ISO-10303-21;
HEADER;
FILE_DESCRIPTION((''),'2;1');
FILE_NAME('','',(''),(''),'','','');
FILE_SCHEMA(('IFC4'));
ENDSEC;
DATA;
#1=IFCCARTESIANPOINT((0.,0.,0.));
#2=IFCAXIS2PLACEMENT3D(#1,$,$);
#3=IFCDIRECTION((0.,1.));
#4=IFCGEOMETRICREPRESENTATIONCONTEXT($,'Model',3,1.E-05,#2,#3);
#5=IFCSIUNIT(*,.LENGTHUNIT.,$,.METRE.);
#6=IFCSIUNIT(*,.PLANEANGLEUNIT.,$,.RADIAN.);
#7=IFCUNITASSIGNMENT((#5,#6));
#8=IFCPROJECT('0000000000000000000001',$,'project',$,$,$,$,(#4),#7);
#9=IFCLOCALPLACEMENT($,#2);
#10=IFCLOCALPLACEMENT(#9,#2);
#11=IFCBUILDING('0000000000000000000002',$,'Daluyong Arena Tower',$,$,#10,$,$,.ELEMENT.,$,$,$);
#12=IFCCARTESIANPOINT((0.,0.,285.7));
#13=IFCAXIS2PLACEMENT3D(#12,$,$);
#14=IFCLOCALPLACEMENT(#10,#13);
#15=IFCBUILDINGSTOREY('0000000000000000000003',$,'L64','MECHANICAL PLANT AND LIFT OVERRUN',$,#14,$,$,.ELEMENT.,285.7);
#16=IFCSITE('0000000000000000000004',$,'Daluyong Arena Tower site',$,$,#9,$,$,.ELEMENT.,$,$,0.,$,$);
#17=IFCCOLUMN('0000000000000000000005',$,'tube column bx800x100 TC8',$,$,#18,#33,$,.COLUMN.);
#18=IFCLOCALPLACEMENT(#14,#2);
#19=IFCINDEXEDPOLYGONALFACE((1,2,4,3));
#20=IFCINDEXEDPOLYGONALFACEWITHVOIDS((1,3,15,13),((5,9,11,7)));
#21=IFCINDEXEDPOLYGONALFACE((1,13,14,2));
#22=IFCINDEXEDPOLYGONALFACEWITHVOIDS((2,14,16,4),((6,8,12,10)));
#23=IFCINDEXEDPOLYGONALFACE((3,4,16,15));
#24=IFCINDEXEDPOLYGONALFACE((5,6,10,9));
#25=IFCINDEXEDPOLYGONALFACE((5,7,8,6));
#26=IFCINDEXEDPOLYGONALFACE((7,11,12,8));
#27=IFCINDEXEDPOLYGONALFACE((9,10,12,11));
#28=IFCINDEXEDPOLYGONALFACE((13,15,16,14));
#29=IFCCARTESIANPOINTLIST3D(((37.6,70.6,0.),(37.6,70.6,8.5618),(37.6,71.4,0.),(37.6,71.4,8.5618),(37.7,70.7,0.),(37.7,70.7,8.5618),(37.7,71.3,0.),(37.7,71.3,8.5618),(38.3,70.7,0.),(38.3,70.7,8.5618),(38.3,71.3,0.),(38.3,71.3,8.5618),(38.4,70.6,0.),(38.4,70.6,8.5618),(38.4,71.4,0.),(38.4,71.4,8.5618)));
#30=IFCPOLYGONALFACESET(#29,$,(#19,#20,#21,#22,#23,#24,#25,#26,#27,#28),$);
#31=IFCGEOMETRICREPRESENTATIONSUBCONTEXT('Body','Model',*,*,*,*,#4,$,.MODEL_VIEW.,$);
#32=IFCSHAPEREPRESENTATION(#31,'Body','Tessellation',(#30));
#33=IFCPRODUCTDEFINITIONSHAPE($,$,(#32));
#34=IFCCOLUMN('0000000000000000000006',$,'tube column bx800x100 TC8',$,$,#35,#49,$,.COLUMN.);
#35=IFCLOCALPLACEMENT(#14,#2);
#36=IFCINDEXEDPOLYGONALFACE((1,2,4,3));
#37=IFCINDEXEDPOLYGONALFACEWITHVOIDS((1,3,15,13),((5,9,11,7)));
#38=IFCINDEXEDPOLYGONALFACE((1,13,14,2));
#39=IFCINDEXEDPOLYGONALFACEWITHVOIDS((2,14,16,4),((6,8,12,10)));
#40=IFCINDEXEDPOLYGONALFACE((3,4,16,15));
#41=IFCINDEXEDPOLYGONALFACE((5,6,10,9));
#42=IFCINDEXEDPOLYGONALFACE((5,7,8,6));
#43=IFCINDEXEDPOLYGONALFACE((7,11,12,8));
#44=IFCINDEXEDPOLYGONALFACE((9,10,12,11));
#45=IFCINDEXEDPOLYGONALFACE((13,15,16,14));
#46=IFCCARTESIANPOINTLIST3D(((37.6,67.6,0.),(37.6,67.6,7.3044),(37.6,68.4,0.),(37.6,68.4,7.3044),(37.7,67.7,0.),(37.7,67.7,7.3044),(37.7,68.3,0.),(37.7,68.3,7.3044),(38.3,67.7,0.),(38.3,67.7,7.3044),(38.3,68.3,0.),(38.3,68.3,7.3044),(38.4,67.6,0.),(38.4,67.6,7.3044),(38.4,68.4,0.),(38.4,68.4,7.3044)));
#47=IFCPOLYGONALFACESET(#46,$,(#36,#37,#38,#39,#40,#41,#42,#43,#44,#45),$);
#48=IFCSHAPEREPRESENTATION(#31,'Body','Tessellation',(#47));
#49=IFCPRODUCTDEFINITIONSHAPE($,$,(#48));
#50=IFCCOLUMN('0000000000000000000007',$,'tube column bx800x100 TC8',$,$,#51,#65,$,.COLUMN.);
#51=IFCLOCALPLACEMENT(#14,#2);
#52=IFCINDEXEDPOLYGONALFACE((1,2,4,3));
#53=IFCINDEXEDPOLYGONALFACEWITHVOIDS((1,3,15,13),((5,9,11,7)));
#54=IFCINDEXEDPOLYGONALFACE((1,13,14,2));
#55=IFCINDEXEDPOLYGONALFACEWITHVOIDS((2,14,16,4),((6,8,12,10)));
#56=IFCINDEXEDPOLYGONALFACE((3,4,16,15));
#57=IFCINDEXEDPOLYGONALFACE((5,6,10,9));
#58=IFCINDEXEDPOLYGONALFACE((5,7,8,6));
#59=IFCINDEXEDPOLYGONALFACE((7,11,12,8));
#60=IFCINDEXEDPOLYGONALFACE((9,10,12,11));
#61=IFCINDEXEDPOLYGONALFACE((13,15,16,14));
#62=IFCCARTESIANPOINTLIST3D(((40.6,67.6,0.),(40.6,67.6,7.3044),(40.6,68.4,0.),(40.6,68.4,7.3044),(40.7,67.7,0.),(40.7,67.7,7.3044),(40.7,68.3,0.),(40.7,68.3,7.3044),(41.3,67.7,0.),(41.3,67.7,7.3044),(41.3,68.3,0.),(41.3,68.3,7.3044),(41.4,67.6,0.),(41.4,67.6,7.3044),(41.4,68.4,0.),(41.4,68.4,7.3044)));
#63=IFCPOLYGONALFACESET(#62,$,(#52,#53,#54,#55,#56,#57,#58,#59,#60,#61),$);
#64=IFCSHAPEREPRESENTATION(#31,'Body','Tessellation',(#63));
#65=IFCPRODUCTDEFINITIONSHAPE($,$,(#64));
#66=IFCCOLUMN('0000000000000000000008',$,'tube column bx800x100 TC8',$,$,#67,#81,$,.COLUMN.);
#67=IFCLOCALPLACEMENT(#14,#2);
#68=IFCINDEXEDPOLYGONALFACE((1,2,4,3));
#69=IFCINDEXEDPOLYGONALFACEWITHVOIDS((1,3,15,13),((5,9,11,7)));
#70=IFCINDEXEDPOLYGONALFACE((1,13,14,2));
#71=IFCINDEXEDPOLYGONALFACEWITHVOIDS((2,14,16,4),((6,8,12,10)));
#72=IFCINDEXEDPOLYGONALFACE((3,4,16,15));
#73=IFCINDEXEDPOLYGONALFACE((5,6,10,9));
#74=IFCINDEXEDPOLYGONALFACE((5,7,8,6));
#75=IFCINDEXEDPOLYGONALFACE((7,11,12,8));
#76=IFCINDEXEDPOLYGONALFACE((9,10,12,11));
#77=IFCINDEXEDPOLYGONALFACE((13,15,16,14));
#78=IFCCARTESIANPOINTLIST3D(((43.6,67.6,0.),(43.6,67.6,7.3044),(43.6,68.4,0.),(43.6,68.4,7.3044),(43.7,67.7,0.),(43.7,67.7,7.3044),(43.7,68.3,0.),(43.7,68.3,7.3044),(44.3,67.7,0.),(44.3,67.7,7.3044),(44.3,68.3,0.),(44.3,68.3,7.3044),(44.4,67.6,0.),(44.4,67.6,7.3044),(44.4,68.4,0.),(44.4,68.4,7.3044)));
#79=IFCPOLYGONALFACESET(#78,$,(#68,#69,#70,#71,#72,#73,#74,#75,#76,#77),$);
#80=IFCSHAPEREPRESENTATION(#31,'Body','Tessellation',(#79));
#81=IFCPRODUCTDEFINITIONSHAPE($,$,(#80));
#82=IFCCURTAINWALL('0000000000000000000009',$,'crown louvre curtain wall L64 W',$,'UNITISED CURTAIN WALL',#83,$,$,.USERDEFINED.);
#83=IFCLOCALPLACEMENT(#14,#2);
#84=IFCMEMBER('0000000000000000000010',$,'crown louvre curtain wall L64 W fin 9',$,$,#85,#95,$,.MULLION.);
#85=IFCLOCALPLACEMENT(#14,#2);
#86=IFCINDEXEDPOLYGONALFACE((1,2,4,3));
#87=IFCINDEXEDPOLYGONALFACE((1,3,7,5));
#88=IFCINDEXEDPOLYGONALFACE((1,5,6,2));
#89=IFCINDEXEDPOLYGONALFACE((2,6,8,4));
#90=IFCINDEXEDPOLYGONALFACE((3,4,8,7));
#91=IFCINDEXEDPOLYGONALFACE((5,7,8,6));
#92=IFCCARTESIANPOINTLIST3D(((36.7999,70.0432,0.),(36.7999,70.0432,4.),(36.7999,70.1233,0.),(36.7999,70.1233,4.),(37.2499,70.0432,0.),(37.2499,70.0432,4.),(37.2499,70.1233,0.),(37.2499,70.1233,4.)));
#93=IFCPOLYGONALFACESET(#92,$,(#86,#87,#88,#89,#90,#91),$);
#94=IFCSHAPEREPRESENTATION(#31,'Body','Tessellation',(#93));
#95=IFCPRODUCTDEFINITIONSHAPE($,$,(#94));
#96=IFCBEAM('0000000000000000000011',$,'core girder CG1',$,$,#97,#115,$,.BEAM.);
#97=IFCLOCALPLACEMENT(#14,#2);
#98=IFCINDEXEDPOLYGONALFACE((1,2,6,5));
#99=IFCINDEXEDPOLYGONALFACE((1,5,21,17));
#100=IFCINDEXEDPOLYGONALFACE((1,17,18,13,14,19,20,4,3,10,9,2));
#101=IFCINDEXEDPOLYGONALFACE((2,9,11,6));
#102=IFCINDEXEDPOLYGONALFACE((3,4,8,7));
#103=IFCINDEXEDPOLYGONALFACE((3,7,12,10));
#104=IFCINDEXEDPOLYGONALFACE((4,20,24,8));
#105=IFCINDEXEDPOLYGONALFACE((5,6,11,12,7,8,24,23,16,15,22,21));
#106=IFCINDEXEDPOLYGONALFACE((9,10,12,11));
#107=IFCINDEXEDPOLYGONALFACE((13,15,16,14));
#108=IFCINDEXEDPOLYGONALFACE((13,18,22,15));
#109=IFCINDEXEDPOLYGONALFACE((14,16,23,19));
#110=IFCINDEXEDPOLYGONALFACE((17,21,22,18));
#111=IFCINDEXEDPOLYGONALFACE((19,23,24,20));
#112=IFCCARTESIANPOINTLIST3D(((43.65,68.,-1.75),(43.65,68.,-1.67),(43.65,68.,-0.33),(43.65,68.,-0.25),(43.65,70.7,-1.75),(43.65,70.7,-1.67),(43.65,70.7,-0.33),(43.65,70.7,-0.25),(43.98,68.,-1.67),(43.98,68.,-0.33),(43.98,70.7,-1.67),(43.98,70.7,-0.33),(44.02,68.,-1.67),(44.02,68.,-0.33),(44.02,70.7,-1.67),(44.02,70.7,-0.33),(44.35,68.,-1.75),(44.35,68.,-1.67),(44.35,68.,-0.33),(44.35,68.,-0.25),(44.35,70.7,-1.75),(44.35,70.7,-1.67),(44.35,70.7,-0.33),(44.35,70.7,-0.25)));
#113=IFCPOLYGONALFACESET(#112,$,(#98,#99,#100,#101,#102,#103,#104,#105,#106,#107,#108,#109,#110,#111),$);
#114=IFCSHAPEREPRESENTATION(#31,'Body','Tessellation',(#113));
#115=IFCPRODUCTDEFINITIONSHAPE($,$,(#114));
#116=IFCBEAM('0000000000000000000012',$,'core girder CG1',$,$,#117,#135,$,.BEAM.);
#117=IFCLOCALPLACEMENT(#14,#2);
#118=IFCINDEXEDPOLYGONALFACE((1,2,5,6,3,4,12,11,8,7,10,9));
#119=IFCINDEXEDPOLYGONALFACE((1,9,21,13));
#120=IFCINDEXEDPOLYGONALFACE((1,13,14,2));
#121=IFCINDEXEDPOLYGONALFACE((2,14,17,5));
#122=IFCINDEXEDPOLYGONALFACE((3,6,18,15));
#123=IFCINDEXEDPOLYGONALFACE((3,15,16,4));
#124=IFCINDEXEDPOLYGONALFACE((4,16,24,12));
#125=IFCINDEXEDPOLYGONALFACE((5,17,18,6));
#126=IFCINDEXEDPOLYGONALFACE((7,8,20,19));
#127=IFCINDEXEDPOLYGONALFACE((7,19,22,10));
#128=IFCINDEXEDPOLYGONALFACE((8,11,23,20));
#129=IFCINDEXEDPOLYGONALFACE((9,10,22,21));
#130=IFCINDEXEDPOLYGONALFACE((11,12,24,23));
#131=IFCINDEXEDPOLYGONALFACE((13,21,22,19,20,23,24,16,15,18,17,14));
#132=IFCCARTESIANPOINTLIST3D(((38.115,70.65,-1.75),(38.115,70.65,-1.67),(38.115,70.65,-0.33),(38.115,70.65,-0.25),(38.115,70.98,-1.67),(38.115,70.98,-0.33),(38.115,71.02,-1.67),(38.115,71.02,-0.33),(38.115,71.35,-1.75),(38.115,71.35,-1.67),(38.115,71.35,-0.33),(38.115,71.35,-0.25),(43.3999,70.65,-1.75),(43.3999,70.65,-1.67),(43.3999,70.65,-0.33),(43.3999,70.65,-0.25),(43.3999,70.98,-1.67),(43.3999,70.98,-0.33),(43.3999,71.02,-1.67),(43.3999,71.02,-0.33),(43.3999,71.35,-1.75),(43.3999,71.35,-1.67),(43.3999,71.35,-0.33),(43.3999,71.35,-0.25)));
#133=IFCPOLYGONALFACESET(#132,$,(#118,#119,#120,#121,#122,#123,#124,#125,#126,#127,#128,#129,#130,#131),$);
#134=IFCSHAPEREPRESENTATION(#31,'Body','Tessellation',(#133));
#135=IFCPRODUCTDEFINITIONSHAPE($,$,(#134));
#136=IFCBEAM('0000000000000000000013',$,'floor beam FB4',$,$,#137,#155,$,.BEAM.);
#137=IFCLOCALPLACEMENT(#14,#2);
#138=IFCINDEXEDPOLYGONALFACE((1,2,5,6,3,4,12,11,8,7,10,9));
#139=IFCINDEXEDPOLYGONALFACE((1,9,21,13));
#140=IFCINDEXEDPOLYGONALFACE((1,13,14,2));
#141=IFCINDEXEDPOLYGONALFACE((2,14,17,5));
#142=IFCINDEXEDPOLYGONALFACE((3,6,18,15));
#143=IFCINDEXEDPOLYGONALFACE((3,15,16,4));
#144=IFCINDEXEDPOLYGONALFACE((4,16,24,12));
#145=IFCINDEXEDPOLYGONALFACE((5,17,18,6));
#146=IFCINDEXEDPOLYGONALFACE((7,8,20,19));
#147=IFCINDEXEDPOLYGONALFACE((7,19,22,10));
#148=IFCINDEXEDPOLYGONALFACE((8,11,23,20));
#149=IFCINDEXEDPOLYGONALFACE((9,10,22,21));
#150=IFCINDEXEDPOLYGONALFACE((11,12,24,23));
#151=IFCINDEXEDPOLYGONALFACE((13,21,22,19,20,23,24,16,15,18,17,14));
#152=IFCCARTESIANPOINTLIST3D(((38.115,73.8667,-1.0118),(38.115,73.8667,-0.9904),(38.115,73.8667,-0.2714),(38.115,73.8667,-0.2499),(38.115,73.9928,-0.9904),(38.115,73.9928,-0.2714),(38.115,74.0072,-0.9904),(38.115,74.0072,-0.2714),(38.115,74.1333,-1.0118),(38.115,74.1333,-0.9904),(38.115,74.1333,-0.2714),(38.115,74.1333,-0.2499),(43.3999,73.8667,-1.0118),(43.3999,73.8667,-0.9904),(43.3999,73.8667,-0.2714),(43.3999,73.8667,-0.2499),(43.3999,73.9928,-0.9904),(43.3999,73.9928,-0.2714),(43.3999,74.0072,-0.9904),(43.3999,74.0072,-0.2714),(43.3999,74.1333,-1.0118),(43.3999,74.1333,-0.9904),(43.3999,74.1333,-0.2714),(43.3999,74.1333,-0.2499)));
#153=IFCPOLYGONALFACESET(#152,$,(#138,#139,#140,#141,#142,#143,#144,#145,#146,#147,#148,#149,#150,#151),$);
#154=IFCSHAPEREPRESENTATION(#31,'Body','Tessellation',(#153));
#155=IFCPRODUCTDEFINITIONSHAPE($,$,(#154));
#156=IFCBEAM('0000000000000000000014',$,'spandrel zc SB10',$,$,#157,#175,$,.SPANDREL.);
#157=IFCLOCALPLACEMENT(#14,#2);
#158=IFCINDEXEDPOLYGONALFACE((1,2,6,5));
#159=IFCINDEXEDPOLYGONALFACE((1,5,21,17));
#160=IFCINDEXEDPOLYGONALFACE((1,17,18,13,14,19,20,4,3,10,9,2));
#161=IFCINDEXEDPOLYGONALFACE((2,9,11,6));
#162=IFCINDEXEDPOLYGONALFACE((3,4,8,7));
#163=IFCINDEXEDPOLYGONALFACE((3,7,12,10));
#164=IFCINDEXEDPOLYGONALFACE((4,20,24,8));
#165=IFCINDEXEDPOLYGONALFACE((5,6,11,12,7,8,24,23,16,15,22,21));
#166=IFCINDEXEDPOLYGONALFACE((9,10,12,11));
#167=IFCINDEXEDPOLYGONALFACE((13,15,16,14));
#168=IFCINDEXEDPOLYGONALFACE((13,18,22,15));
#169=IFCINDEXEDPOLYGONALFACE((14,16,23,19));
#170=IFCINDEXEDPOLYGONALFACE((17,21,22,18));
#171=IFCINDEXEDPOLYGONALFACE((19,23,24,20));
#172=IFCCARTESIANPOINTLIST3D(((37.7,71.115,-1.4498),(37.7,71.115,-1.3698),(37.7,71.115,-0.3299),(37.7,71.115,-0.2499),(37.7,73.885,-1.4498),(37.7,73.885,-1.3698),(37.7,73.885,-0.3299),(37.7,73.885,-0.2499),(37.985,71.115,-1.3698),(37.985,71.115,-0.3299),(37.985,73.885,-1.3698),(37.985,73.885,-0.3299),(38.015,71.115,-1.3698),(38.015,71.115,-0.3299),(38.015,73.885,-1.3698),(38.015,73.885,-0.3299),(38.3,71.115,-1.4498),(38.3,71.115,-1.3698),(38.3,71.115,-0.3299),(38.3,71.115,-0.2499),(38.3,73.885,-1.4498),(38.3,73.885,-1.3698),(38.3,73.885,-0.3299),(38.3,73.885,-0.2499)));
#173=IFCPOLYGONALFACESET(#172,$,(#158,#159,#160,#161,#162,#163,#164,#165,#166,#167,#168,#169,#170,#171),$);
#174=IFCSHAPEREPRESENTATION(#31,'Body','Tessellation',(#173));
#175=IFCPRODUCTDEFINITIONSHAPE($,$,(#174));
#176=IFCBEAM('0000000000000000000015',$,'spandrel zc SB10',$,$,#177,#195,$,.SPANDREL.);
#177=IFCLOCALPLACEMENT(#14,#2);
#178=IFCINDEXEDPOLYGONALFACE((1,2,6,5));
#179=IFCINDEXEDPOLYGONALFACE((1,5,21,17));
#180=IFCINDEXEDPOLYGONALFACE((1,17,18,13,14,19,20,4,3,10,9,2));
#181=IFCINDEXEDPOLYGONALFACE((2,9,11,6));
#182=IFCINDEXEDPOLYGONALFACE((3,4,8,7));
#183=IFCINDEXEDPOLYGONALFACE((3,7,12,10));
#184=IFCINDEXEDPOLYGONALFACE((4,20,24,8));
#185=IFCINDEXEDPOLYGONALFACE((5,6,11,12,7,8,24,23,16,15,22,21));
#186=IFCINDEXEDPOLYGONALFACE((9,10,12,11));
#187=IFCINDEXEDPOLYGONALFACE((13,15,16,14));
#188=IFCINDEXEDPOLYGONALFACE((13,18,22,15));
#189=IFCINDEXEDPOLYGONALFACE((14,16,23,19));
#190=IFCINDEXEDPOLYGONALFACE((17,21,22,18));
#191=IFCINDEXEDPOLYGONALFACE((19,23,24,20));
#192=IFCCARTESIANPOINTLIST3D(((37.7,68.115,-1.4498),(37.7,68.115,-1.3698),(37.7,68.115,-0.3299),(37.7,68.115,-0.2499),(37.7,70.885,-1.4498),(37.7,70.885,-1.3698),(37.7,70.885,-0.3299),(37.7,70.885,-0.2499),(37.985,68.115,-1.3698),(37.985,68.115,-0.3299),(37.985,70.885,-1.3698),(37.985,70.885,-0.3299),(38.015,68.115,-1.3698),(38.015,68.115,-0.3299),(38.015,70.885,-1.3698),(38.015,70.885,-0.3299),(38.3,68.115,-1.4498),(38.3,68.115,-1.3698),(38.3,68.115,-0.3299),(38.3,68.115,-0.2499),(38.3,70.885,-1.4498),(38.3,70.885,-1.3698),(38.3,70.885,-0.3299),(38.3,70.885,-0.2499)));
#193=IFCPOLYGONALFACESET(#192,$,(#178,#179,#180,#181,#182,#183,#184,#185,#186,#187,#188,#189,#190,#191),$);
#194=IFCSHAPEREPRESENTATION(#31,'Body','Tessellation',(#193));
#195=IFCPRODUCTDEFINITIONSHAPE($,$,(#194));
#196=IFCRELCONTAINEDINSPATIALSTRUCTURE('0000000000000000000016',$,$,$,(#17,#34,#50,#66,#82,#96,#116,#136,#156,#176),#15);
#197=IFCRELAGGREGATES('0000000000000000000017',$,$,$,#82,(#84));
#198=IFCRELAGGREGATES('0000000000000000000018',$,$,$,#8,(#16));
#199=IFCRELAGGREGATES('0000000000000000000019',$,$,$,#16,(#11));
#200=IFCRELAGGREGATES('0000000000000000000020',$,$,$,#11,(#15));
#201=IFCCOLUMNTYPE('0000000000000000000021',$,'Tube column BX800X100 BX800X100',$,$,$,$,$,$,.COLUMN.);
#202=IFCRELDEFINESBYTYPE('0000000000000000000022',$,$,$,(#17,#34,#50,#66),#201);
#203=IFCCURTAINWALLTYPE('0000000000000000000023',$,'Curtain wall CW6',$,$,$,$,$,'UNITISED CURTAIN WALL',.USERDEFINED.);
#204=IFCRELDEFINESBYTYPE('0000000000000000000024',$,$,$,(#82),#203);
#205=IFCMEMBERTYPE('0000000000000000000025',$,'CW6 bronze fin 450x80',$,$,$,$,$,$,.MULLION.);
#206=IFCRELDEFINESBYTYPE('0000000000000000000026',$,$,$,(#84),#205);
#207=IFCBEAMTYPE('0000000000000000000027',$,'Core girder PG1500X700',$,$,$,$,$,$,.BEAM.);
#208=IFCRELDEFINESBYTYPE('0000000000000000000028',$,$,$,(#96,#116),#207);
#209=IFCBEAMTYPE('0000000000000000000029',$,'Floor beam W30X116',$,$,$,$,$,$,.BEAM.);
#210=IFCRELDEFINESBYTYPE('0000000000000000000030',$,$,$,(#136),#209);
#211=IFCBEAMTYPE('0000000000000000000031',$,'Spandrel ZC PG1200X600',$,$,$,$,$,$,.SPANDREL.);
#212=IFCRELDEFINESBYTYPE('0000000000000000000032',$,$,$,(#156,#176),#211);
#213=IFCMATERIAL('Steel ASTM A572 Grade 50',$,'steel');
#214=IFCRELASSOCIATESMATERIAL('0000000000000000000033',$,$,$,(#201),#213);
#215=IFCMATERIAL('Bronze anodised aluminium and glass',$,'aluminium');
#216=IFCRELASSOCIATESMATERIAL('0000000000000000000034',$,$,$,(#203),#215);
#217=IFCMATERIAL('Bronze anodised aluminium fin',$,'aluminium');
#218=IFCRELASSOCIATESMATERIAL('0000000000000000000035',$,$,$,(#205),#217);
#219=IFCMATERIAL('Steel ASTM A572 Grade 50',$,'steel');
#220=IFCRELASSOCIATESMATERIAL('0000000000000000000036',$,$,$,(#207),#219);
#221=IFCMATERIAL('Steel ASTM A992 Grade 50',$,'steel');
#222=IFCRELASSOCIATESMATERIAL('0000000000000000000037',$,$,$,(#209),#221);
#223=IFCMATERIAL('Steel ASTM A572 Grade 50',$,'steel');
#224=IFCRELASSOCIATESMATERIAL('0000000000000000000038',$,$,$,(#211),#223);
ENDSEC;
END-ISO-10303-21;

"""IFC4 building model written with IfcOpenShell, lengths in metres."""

from ifc_helpers import new_model, si_unit, direction, frame, origin, origin_2d, place, context, subcontext, project, spatial, rectangle, hollow_rectangle, i_section, extrude, material, material_profile, profile_set, type_object, element, aggregate, save


model = new_model("IFC4")

# Units and contexts
model_context = context("Model", 3, precision=1e-05, world=origin(), true_north=direction((0.0, 1.0)))
body_context = subcontext(model_context, "Body", "Model", "MODEL_VIEW")
ifc_project = project(units=[si_unit("LENGTHUNIT", "METRE"), si_unit("PLANEANGLEUNIT", "RADIAN")], contexts=[model_context])

# Site, building, storey
site_placement = place(None, origin())
site = spatial("IfcSite", under=ifc_project, at=site_placement, Name="Daluyong Arena Tower site", CompositionType="ELEMENT", RefElevation=0.0)
building_placement = place(site_placement, origin())
building = spatial("IfcBuilding", under=site, at=building_placement, Name="Daluyong Arena Tower", CompositionType="ELEMENT")
storey_placement = place(building_placement, frame((0.0, 0.0, 285.7)))
storey = spatial("IfcBuildingStorey", under=building, at=storey_placement, Name="L64", Description="MECHANICAL PLANT AND LIFT OVERRUN", CompositionType="ELEMENT", Elevation=285.7)

# Columns
ifc_material_1 = material(Name="Steel ASTM A572 Grade 50", Category="steel")
ifc_material_profile_1 = material_profile(ifc_material_1, hollow_rectangle(XDim=0.8, YDim=0.8, WallThickness=0.1, at=origin_2d()))
ifc_profile_set_1 = profile_set([ifc_material_profile_1], Name="Steel ASTM A572 Grade 50")
column_type = type_object("IfcColumnType", Name="Tube column BX800X100 BX800X100", PredefinedType="COLUMN", material=ifc_profile_set_1)
column_placement = place(storey_placement, frame((38.0, 71.0, 0.0), z_axis=(0.0, 0.0, 1.0), x_axis=(0.0, 1.0, 0.0)))
element("IfcColumn", 1, at=column_placement, inside=storey, type_object=column_type, Name="tube column bx800x100 TC8", PredefinedType="COLUMN", context=body_context, shape_type="SweptSolid", body=[
    extrude(hollow_rectangle(XDim=0.8, YDim=0.8, WallThickness=0.1, at=origin_2d()), origin(), (0.0, 0.0, 1.0), 8.5618),
])
for number, where, z_axis, x_axis, name in (
    (2, (38.0, 68.0, 0.0), (0.0, 0.0, 1.0), (1.0, 0.0, 0.0), "tube column bx800x100 TC8"),
    (3, (41.0, 68.0, 0.0), (0.0, 0.0, 1.0), (1.0, 0.0, 0.0), "tube column bx800x100 TC8"),
    (4, (44.0, 68.0, 0.0), (0.0, 0.0, 1.0), (0.0, 1.0, 0.0), "tube column bx800x100 TC8"),
):
    element("IfcColumn", number, at=place(storey_placement, frame(where, z_axis=z_axis, x_axis=x_axis)), inside=storey, type_object=column_type, Name=name, PredefinedType="COLUMN", context=body_context, shape_type="SweptSolid", body=[
        extrude(hollow_rectangle(XDim=0.8, YDim=0.8, WallThickness=0.1, at=origin_2d()), origin(), (0.0, 0.0, 1.0), 7.3044),
    ])

# Curtain wall, member
ifc_material_2 = material(Name="Bronze anodised aluminium and glass", Category="aluminium")
curtain_wall_type = type_object("IfcCurtainWallType", Name="Curtain wall CW6", ElementType="UNITISED CURTAIN WALL", PredefinedType="USERDEFINED", material=ifc_material_2)
curtain_wall_placement = place(storey_placement, origin())
curtain_wall = element("IfcCurtainWall", 5, at=curtain_wall_placement, inside=storey, type_object=curtain_wall_type, Name="crown louvre curtain wall L64 W", ObjectType="UNITISED CURTAIN WALL", PredefinedType="USERDEFINED")
ifc_material_3 = material(Name="Bronze anodised aluminium fin", Category="aluminium")
ifc_material_profile_2 = material_profile(ifc_material_3, rectangle(XDim=0.45, YDim=0.0801, at=origin_2d()))
ifc_profile_set_2 = profile_set([ifc_material_profile_2], Name="Bronze anodised aluminium fin")
member_type = type_object("IfcMemberType", Name="CW6 bronze fin 450x80", PredefinedType="MULLION", material=ifc_profile_set_2)
member_placement = place(storey_placement, frame((37.0249, 70.0833, 0.0), z_axis=(0.0, 0.0, 1.0), x_axis=(1.0, 0.0, 0.0)))
member = element("IfcMember", 6, at=member_placement, type_object=member_type, Name="crown louvre curtain wall L64 W fin 9", PredefinedType="MULLION", context=body_context, shape_type="SweptSolid", body=[
    extrude(rectangle(XDim=0.45, YDim=0.0801, at=origin_2d()), origin(), (0.0, 0.0, 1.0), 4.0),
])

# Beams
ifc_material_4 = material(Name="Steel ASTM A572 Grade 50", Category="steel")
ifc_material_profile_3 = material_profile(ifc_material_4, i_section(OverallWidth=0.7, OverallDepth=1.5, WebThickness=0.04, FlangeThickness=0.08, at=origin_2d()))
ifc_profile_set_3 = profile_set([ifc_material_profile_3], Name="Steel ASTM A572 Grade 50")
beam_type_1 = type_object("IfcBeamType", Name="Core girder PG1500X700", PredefinedType="BEAM", material=ifc_profile_set_3)
beam_1_placement = place(storey_placement, frame((44.0, 68.0, -1.0), z_axis=(0.0, 1.0, 0.0), x_axis=(-1.0, 0.0, 0.0)))
element("IfcBeam", 7, at=beam_1_placement, inside=storey, type_object=beam_type_1, Name="core girder CG1", PredefinedType="BEAM", context=body_context, shape_type="SweptSolid", body=[
    extrude(i_section(OverallWidth=0.7, OverallDepth=1.5, WebThickness=0.04, FlangeThickness=0.08, at=origin_2d()), origin(), (0.0, 0.0, 1.0), 2.7),
])
beam_2_placement = place(storey_placement, frame((38.115, 71.0, -1.0), z_axis=(1.0, 0.0, 0.0), x_axis=(0.0, 1.0, 0.0)))
element("IfcBeam", 8, at=beam_2_placement, inside=storey, type_object=beam_type_1, Name="core girder CG1", PredefinedType="BEAM", context=body_context, shape_type="SweptSolid", body=[
    extrude(i_section(OverallWidth=0.7, OverallDepth=1.5, WebThickness=0.04, FlangeThickness=0.08, at=origin_2d()), origin(), (0.0, 0.0, 1.0), 5.2849),
])
ifc_material_5 = material(Name="Steel ASTM A992 Grade 50", Category="steel")
ifc_material_profile_4 = material_profile(ifc_material_5, i_section(OverallWidth=0.2666, OverallDepth=0.762, WebThickness=0.0144, FlangeThickness=0.0215, at=origin_2d()))
ifc_profile_set_4 = profile_set([ifc_material_profile_4], Name="Steel ASTM A992 Grade 50")
beam_type_2 = type_object("IfcBeamType", Name="Floor beam W30X116", PredefinedType="BEAM", material=ifc_profile_set_4)
beam_3_placement = place(storey_placement, frame((38.115, 74.0, -0.6309), z_axis=(1.0, 0.0, 0.0), x_axis=(0.0, 1.0, 0.0)))
element("IfcBeam", 9, at=beam_3_placement, inside=storey, type_object=beam_type_2, Name="floor beam FB4", PredefinedType="BEAM", context=body_context, shape_type="SweptSolid", body=[
    extrude(i_section(OverallWidth=0.2666, OverallDepth=0.762, WebThickness=0.0144, FlangeThickness=0.0215, at=origin_2d()), origin(), (0.0, 0.0, 1.0), 5.2849),
])
ifc_material_6 = material(Name="Steel ASTM A572 Grade 50", Category="steel")
ifc_material_profile_5 = material_profile(ifc_material_6, i_section(OverallWidth=0.6001, OverallDepth=1.2, WebThickness=0.03, FlangeThickness=0.08, at=origin_2d()))
ifc_profile_set_5 = profile_set([ifc_material_profile_5], Name="Steel ASTM A572 Grade 50")
beam_type_3 = type_object("IfcBeamType", Name="Spandrel ZC PG1200X600", PredefinedType="SPANDREL", material=ifc_profile_set_5)
for number, where, z_axis, x_axis, name in (
    (10, (38.0, 73.885, -0.8499), (0.0, -1.0, 0.0), (1.0, 0.0, 0.0), "spandrel zc SB10"),
    (11, (38.0, 70.885, -0.8499), (0.0, -1.0, 0.0), (1.0, 0.0, 0.0), "spandrel zc SB10"),
):
    element("IfcBeam", number, at=place(storey_placement, frame(where, z_axis=z_axis, x_axis=x_axis)), inside=storey, type_object=beam_type_3, Name=name, PredefinedType="SPANDREL", context=body_context, shape_type="SweptSolid", body=[
        extrude(i_section(OverallWidth=0.6001, OverallDepth=1.2, WebThickness=0.03, FlangeThickness=0.08, at=origin_2d()), origin(), (0.0, 0.0, 1.0), 2.77),
    ])

aggregate(curtain_wall, [member])

save(model, "model.ifc")
